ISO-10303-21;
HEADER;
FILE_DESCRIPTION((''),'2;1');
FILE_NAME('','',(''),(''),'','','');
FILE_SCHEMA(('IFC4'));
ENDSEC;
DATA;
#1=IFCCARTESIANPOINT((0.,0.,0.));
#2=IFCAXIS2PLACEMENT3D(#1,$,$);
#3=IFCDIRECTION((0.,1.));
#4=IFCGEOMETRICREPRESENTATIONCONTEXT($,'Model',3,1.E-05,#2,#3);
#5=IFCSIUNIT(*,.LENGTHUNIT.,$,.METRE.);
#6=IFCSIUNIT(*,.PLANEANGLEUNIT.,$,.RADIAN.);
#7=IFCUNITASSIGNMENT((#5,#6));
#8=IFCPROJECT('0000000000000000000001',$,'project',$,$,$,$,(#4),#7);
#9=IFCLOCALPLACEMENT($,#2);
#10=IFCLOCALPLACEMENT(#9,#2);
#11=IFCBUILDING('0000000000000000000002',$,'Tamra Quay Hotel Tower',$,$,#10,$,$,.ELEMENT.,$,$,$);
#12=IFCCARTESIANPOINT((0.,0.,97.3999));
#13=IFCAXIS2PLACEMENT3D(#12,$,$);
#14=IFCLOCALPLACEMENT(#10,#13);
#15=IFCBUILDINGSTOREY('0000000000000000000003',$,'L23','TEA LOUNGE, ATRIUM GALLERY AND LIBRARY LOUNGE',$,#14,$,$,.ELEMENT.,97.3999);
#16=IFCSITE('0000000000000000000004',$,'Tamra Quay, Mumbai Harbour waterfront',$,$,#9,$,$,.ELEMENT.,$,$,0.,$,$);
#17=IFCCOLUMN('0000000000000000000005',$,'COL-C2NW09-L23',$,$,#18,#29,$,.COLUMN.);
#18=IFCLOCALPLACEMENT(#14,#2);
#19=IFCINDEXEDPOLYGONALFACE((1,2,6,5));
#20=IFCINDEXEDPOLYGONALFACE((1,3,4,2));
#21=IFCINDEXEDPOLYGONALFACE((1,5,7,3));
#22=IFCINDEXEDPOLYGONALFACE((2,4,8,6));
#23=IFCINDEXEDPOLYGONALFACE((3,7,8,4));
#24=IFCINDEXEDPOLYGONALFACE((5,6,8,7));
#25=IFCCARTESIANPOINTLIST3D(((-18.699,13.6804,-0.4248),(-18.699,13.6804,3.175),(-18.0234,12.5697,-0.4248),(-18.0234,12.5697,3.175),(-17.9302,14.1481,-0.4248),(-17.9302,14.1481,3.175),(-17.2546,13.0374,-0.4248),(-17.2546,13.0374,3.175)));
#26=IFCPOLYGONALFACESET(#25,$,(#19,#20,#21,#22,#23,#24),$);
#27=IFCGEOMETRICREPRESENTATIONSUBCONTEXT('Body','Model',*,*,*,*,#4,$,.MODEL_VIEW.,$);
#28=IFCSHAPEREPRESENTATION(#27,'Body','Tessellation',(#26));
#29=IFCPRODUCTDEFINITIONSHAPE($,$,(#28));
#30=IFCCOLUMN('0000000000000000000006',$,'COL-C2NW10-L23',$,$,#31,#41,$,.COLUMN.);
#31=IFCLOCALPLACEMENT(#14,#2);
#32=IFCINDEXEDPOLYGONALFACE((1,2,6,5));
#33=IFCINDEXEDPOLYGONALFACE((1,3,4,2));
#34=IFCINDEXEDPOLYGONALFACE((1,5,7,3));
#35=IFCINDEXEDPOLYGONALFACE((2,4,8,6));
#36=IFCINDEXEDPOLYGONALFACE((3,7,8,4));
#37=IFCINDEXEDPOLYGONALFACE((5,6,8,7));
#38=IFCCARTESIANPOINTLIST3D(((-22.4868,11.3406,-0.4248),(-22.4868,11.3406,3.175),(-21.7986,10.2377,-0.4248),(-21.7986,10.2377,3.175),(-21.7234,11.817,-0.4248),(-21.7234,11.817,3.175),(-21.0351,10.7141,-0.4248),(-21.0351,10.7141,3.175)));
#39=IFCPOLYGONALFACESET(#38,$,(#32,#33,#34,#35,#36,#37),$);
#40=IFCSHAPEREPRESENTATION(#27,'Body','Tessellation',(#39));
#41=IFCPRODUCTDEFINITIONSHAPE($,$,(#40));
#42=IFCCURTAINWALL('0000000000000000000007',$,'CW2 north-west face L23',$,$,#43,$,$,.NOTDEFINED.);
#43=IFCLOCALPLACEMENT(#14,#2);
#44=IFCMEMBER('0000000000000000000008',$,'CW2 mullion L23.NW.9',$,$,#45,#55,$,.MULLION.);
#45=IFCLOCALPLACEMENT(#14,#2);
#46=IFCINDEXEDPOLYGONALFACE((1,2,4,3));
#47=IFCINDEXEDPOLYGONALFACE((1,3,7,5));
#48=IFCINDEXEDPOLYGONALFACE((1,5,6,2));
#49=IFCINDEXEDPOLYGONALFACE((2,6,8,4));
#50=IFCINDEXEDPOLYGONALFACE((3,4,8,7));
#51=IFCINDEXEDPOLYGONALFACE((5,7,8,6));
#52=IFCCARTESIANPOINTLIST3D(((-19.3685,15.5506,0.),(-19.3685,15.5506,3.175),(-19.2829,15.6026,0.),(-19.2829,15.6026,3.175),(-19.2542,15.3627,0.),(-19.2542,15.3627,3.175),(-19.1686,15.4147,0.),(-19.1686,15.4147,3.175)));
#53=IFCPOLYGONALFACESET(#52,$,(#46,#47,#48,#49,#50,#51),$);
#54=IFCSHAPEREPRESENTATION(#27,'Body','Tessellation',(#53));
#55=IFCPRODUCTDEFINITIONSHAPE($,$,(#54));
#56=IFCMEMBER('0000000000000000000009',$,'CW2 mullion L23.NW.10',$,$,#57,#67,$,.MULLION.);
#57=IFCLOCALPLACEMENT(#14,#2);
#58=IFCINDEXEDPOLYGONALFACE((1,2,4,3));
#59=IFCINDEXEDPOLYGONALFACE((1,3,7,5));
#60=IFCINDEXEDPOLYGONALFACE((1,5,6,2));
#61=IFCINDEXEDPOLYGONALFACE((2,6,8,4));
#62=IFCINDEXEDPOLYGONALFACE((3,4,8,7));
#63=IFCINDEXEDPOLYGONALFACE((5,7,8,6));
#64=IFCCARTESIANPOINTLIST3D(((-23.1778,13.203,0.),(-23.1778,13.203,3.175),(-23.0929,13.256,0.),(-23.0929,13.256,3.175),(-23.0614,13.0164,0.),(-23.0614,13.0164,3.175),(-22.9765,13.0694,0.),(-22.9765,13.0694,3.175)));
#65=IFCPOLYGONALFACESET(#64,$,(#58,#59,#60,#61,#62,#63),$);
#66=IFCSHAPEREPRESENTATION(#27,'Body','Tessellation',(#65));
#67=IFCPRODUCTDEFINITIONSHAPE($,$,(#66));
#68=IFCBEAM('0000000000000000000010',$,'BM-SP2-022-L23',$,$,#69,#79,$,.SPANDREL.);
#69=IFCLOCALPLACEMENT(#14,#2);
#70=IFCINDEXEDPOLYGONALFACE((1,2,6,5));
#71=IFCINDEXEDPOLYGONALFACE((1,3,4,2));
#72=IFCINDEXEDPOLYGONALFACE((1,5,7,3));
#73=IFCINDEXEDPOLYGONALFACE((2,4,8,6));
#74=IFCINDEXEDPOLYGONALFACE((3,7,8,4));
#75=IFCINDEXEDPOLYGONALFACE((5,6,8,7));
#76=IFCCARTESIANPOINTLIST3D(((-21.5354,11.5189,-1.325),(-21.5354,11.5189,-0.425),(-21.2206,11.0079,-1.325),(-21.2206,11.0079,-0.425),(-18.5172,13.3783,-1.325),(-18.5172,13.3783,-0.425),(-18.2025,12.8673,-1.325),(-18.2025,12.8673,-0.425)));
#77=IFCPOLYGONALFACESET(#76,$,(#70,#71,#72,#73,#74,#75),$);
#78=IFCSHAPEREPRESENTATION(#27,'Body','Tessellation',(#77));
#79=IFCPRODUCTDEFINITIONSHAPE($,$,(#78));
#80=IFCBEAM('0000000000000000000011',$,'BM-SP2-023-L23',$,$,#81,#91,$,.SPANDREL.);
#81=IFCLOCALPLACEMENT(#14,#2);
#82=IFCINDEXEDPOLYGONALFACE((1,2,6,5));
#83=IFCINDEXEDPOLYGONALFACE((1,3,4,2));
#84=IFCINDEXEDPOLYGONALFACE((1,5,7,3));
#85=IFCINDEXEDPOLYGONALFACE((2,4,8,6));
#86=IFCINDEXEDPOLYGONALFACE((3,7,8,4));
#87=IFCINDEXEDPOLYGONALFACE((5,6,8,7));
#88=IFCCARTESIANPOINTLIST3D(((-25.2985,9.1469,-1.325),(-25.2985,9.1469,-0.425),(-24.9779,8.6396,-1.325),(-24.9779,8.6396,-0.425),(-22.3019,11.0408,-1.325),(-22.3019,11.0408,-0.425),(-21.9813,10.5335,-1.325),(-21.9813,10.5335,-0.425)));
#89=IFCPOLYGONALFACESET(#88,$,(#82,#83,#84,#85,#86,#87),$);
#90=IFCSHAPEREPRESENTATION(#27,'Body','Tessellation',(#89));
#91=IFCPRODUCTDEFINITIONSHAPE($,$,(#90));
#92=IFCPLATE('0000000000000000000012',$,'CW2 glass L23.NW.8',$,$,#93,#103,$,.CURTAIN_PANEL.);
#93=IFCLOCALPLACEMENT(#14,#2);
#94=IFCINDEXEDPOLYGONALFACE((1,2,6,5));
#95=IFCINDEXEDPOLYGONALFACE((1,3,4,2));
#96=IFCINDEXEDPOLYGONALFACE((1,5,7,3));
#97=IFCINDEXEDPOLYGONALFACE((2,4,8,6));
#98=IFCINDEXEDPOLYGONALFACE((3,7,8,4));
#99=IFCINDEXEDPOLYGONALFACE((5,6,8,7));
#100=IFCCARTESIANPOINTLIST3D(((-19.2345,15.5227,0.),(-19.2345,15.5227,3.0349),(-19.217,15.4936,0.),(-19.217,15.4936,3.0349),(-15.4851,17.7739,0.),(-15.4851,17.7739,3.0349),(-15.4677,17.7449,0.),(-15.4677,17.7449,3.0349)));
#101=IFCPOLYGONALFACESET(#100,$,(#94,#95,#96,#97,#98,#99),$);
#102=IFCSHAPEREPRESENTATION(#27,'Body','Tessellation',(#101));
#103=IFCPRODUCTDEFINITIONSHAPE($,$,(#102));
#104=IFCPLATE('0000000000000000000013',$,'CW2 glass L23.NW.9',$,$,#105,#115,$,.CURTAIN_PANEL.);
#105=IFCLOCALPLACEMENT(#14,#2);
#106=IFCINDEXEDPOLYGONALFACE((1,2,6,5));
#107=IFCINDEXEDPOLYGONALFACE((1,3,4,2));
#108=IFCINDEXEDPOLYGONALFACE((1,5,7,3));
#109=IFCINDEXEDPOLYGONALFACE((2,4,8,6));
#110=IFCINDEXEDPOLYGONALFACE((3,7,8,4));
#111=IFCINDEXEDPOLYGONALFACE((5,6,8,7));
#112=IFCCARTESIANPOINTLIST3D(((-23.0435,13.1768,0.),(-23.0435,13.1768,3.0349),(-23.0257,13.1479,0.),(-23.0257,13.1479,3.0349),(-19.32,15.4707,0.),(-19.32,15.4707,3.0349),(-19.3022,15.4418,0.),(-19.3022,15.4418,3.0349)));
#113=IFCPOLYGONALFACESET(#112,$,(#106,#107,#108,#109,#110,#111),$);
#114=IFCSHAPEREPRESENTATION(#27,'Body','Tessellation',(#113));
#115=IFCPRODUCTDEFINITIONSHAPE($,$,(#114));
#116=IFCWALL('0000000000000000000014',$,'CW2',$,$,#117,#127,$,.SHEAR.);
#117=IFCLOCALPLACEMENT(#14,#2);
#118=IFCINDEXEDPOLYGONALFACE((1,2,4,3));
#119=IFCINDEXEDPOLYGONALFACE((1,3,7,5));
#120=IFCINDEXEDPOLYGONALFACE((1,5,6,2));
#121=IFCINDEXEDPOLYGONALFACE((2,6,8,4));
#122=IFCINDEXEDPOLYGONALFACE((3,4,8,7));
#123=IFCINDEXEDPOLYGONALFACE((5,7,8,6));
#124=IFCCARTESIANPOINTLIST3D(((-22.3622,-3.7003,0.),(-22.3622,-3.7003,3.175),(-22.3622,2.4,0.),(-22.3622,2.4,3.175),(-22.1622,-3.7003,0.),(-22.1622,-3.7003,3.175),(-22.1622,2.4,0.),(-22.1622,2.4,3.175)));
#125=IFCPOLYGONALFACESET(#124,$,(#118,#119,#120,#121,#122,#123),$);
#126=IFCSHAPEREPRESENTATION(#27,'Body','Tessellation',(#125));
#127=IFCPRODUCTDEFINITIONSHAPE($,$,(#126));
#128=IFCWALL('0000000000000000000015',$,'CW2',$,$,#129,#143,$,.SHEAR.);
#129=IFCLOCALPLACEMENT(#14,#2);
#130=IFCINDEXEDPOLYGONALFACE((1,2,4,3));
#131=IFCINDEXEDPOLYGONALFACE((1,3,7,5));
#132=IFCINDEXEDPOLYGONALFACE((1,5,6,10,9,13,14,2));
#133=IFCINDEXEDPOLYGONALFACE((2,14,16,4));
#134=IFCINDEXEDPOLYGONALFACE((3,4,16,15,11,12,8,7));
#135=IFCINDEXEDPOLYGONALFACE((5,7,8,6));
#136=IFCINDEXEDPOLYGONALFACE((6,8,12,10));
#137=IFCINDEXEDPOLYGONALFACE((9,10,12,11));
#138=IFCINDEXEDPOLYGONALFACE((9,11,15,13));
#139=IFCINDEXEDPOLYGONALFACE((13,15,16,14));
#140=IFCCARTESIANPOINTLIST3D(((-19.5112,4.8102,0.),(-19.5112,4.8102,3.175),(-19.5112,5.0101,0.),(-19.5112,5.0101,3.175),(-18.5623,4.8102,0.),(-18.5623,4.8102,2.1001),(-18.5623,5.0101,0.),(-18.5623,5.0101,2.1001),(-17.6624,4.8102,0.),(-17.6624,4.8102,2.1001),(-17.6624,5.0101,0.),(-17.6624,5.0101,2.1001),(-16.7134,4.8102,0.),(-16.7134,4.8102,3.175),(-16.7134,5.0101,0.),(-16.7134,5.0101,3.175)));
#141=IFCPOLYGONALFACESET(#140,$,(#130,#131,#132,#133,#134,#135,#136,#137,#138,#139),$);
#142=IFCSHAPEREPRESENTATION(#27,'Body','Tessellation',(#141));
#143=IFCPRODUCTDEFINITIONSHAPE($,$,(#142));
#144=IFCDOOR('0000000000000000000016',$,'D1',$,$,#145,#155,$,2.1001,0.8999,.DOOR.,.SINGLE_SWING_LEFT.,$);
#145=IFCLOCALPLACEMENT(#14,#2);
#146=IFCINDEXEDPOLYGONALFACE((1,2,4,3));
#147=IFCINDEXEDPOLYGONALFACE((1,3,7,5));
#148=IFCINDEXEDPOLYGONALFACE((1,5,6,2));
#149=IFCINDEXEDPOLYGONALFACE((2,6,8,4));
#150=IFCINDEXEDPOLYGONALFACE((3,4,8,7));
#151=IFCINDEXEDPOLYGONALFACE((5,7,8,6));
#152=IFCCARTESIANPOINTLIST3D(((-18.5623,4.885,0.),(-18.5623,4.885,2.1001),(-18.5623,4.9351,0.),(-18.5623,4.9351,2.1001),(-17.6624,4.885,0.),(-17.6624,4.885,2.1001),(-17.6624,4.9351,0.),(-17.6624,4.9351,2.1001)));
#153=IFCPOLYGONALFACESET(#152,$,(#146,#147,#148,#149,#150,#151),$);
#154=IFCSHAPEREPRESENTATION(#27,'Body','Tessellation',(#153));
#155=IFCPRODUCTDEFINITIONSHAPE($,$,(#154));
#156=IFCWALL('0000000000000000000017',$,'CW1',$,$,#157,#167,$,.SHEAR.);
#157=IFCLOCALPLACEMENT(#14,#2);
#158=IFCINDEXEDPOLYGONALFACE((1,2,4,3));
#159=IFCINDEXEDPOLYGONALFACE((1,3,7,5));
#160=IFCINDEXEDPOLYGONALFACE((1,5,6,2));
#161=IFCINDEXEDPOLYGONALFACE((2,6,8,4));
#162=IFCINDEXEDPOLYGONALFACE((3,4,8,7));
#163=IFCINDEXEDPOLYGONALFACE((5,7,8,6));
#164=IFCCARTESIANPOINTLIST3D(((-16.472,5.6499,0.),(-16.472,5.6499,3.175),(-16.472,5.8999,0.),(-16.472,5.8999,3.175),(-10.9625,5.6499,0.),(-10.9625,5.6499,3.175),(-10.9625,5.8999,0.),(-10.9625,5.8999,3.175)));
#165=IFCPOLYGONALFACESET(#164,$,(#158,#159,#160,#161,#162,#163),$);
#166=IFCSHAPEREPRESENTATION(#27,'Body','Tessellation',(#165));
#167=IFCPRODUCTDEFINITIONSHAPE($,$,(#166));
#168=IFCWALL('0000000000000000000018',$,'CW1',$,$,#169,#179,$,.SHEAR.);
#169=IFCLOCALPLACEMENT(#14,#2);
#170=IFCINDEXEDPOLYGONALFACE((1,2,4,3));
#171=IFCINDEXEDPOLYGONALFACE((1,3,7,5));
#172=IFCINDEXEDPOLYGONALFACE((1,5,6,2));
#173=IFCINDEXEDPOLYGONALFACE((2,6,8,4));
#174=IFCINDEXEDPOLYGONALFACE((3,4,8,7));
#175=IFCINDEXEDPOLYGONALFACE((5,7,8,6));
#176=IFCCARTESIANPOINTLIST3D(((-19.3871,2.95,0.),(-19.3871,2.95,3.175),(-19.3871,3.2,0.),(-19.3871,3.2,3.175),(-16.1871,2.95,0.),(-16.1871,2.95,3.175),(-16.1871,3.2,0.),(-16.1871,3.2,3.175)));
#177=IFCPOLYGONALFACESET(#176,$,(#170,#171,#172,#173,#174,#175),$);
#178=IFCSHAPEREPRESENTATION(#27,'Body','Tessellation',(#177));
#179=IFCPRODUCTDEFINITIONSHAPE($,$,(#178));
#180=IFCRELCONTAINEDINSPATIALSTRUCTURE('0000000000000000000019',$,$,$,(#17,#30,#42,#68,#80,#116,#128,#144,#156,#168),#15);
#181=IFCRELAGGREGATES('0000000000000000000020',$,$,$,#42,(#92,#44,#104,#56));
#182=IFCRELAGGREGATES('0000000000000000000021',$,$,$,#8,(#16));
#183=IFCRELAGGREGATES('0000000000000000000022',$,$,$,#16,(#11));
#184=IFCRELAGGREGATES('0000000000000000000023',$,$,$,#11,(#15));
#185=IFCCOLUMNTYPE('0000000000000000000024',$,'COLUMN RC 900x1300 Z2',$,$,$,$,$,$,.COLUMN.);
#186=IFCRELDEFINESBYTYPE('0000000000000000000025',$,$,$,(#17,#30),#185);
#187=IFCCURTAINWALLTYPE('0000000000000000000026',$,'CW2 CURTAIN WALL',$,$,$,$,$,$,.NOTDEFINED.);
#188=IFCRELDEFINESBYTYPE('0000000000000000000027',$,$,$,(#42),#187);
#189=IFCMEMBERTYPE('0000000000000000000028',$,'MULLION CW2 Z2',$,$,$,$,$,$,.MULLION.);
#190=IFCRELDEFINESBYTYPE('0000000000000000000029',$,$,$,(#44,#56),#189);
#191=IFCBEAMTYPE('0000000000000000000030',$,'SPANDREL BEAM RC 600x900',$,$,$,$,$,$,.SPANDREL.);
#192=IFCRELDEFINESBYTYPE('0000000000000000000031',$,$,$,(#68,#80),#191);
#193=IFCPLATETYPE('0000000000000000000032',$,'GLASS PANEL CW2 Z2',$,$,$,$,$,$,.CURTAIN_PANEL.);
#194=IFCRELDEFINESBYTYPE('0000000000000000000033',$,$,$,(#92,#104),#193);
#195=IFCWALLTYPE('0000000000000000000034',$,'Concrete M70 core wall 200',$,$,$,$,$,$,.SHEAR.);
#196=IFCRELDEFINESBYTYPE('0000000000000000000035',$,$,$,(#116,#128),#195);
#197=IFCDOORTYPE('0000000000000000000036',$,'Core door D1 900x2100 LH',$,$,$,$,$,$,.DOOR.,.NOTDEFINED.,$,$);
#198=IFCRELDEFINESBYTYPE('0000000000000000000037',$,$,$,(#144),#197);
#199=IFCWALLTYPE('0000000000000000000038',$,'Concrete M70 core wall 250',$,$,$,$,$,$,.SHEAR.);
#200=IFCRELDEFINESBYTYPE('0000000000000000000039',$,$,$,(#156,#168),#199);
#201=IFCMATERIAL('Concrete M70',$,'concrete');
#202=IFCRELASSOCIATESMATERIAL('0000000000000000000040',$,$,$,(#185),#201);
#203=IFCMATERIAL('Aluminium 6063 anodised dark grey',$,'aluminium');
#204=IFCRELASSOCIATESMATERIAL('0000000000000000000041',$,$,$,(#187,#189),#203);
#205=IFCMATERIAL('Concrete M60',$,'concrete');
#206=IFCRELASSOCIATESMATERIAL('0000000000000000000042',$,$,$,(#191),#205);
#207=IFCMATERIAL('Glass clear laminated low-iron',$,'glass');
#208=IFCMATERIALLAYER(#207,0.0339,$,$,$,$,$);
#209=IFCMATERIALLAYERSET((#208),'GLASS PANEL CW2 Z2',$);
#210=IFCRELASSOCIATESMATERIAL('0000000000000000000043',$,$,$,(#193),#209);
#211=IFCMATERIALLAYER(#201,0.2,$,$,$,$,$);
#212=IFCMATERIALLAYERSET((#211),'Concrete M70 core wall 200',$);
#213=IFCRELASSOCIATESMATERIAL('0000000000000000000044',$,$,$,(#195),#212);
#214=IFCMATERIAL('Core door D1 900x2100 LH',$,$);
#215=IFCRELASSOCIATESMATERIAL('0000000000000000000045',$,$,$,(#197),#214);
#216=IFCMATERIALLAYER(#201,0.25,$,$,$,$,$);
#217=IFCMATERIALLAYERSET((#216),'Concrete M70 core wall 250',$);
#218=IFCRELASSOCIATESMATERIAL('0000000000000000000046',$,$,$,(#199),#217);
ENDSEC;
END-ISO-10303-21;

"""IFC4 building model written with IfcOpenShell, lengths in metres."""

from ifc_helpers import new_model, si_unit, direction, frame, frame_2d, origin, origin_2d, place, context, subcontext, project, spatial, rectangle, extrude, material, layer, layer_set, material_profile, profile_set, type_object, element, fill, aggregate, save


model = new_model("IFC4")

# Units and contexts
model_context = context("Model", 3, precision=1e-05, world=origin(), true_north=direction((0.0, 1.0)))
body_context = subcontext(model_context, "Body", "Model", "MODEL_VIEW")
ifc_project = project(units=[si_unit("LENGTHUNIT", "METRE"), si_unit("PLANEANGLEUNIT", "RADIAN")], contexts=[model_context])

# Site, building, storey
site_placement = place(None, origin())
site = spatial("IfcSite", under=ifc_project, at=site_placement, Name="Tamra Quay, Mumbai Harbour waterfront", CompositionType="ELEMENT", RefElevation=0.0)
building_placement = place(site_placement, origin())
building = spatial("IfcBuilding", under=site, at=building_placement, Name="Tamra Quay Hotel Tower", CompositionType="ELEMENT")
storey_placement = place(building_placement, frame((0.0, 0.0, 97.3999)))
storey = spatial("IfcBuildingStorey", under=building, at=storey_placement, Name="L23", Description="TEA LOUNGE, ATRIUM GALLERY AND LIBRARY LOUNGE", CompositionType="ELEMENT", Elevation=97.3999)

# Columns
ifc_material_1 = material(Name="Concrete M70", Category="concrete")
ifc_material_profile_1 = material_profile(ifc_material_1, rectangle(XDim=1.3, YDim=0.8999, at=origin_2d()), Name="COLUMN RC 900x1300 Z2")
ifc_profile_set_1 = profile_set([ifc_material_profile_1], Name="Concrete M70")
column_type = type_object("IfcColumnType", Name="COLUMN RC 900x1300 Z2", PredefinedType="COLUMN", material=ifc_profile_set_1)
for number, where, z_axis, x_axis, name in (
    (1, (-17.9768, 13.3589, -0.4248), (0.0, 0.0, 1.0), (-0.519679, 0.854362, 0.0), "COL-C2NW09-L23"),
    (2, (-21.761, 11.0273, -0.4248), (0.0, 0.0, 1.0), (-0.52941, 0.848366, 0.0), "COL-C2NW10-L23"),
):
    element("IfcColumn", number, at=place(storey_placement, frame(where, z_axis=z_axis, x_axis=x_axis)), inside=storey, type_object=column_type, Name=name, PredefinedType="COLUMN", context=body_context, shape_type="SweptSolid", body=[
        extrude(rectangle(XDim=1.3, YDim=0.8999, at=origin_2d()), origin(), (0.0, 0.0, 1.0), 3.5999),
    ])

# Curtain wall, members
ifc_material_2 = material(Name="Aluminium 6063 anodised dark grey", Category="aluminium")
curtain_wall_type = type_object("IfcCurtainWallType", Name="CW2 CURTAIN WALL", PredefinedType="NOTDEFINED", material=ifc_material_2)
curtain_wall_placement = place(storey_placement, origin())
curtain_wall = element("IfcCurtainWall", 3, at=curtain_wall_placement, inside=storey, type_object=curtain_wall_type, Name="CW2 north-west face L23", PredefinedType="NOTDEFINED")
ifc_material_profile_2 = material_profile(ifc_material_2, rectangle(XDim=0.22, YDim=0.1001, at=origin_2d()), Name="MULLION 100X220")
ifc_profile_set_2 = profile_set([ifc_material_profile_2], Name="Aluminium 6063 anodised dark grey")
member_type = type_object("IfcMemberType", Name="MULLION CW2 Z2", PredefinedType="MULLION", material=ifc_profile_set_2)
member_1_placement = place(storey_placement, frame((-19.2686, 15.4827, 0.0), z_axis=(0.0, 0.0, 1.0), x_axis=(-0.51965, 0.854379, 0.0)))
member_1 = element("IfcMember", 4, at=member_1_placement, type_object=member_type, Name="CW2 mullion L23.NW.9", PredefinedType="MULLION", context=body_context, shape_type="SweptSolid", body=[
    extrude(rectangle(XDim=0.22, YDim=0.1001, at=origin_2d()), origin(), (0.0, 0.0, 1.0), 3.175),
])
member_2_placement = place(storey_placement, frame((-23.0771, 13.1362, 0.0), z_axis=(0.0, 0.0, 1.0), x_axis=(-0.529364, 0.848395, 0.0)))
member_2 = element("IfcMember", 5, at=member_2_placement, type_object=member_type, Name="CW2 mullion L23.NW.10", PredefinedType="MULLION", context=body_context, shape_type="SweptSolid", body=[
    extrude(rectangle(XDim=0.22, YDim=0.1001, at=origin_2d()), origin(), (0.0, 0.0, 1.0), 3.175),
])

# Beams
ifc_material_3 = material(Name="Concrete M60", Category="concrete")
ifc_material_profile_3 = material_profile(ifc_material_3, rectangle(XDim=0.6001, YDim=0.8999, at=origin_2d()), Name="SPANDREL BEAM RC 600x900")
ifc_profile_set_3 = profile_set([ifc_material_profile_3], Name="Concrete M60")
beam_type = type_object("IfcBeamType", Name="SPANDREL BEAM RC 600x900", PredefinedType="SPANDREL", material=ifc_profile_set_3)
for number, where, z_axis, x_axis, name in (
    (6, (-18.3599, 13.1228, -0.875), (-0.851393, -0.524528, 0.0), (0.524528, -0.851393, 0.0), "BM-SP2-022-L23"),
    (7, (-22.1416, 10.7871, -0.875), (-0.845333, -0.534239, 0.0), (0.534239, -0.845333, 0.0), "BM-SP2-023-L23"),
):
    element("IfcBeam", number, at=place(storey_placement, frame(where, z_axis=z_axis, x_axis=x_axis)), inside=storey, type_object=beam_type, Name=name, PredefinedType="SPANDREL", context=body_context, shape_type="SweptSolid", body=[
        extrude(rectangle(XDim=0.6001, YDim=0.8999, at=origin_2d()), origin(), (0.0, 0.0, 1.0), 3.5449),
    ])

# Plates
ifc_material_4 = material(Name="Glass clear laminated low-iron", Category="glass")
ifc_layer_1 = layer(ifc_material_4, 0.0339)
ifc_layer_set_1 = layer_set([ifc_layer_1], Name="GLASS PANEL CW2 Z2")
plate_type = type_object("IfcPlateType", Name="GLASS PANEL CW2 Z2", PredefinedType="CURTAIN_PANEL", material=ifc_layer_set_1)
plate_1_placement = place(storey_placement, frame((-17.3511, 16.6338, 0.0), z_axis=(0.0, 0.0, 1.0), x_axis=(-0.857331, -0.514765, 0.0)))
plate_1 = element("IfcPlate", 8, at=plate_1_placement, type_object=plate_type, Name="CW2 glass L23.NW.8", PredefinedType="CURTAIN_PANEL", context=body_context, shape_type="SweptSolid", body=[
    extrude(rectangle(XDim=4.3733, YDim=0.0339, at=origin_2d()), origin(), (0.0, 0.0, 1.0), 3.0349),
])
plate_2_placement = place(storey_placement, frame((-21.1729, 14.3093, 0.0), z_axis=(0.0, 0.0, 1.0), x_axis=(-0.851399, -0.524518, 0.0)))
plate_2 = element("IfcPlate", 9, at=plate_2_placement, type_object=plate_type, Name="CW2 glass L23.NW.9", PredefinedType="CURTAIN_PANEL", context=body_context, shape_type="SweptSolid", body=[
    extrude(rectangle(XDim=4.3733, YDim=0.0339, at=origin_2d()), origin(), (0.0, 0.0, 1.0), 3.0349),
])
aggregate(curtain_wall, [plate_1, member_1, plate_2, member_2])

# Wall
ifc_layer_2 = layer(ifc_material_1, 0.2)
ifc_layer_set_2 = layer_set([ifc_layer_2], Name="Concrete M70 core wall 200")
wall_type_1 = type_object("IfcWallType", Name="Concrete M70 core wall 200", PredefinedType="SHEAR", material=ifc_layer_set_2)
wall_1_placement = place(storey_placement, frame((-22.2622, 2.4001, 0.0), z_axis=(0.0, 0.0, 1.0), x_axis=(0.0, -1.0, 0.0)))
element("IfcWall", 10, at=wall_1_placement, inside=storey, type_object=wall_type_1, Name="CW2", PredefinedType="SHEAR", context=body_context, shape_type="SweptSolid", body=[
    extrude(rectangle(XDim=6.1003, YDim=0.2, at=frame_2d((3.0503, 0.0))), origin(), (0.0, 0.0, 1.0), 3.175),
])

# Wall, opening, door
wall_2_placement = place(storey_placement, frame((-19.5112, 4.9102, 0.0), z_axis=(0.0, 0.0, 1.0), x_axis=(1.0, 0.0, 0.0)))
wall_2 = element("IfcWall", 11, at=wall_2_placement, inside=storey, type_object=wall_type_1, Name="CW2", PredefinedType="SHEAR", context=body_context, shape_type="SweptSolid", body=[
    extrude(rectangle(XDim=2.7979, YDim=0.2, at=frame_2d((1.3989, 0.0))), origin(), (0.0, 0.0, 1.0), 3.175),
])
opening_1_placement = place(wall_2_placement, frame((0.949, 0.0, 0.0)))
opening_1 = element("IfcOpeningElement", 12, at=opening_1_placement, cuts=wall_2, PredefinedType="OPENING", context=body_context, shape_type="SweptSolid", body=[
    extrude(rectangle(XDim=0.8999, YDim=2.1001, at=frame_2d((0.45, 1.05))), frame((0.0, 0.1099, 0.0), z_axis=(0.0, -1.0, 0.0), x_axis=(1.0, 0.0, 0.0)), (0.0, 0.0, 1.0), 0.22),
])
ifc_material_5 = material(Name="Core door D1 900x2100 LH")
door_type_1 = type_object("IfcDoorType", Name="Core door D1 900x2100 LH", OperationType="NOTDEFINED", PredefinedType="DOOR", material=ifc_material_5)
door_1_placement = place(opening_1_placement, origin())
door_1 = element("IfcDoor", 13, at=door_1_placement, inside=storey, type_object=door_type_1, Name="D1", OperationType="SINGLE_SWING_LEFT", OverallHeight=2.1001, OverallWidth=0.8999, PredefinedType="DOOR", context=body_context, shape_type="SweptSolid", body=[
    extrude(rectangle(XDim=0.8999, YDim=2.1001, at=frame_2d((0.45, 1.05))), frame((0.0, 0.0249, 0.0), z_axis=(0.0, -1.0, 0.0), x_axis=(1.0, 0.0, 0.0)), (0.0, 0.0, 1.0), 0.05),
])
fill(opening_1, door_1)

# Walls
ifc_layer_3 = layer(ifc_material_1, 0.25)
ifc_layer_set_3 = layer_set([ifc_layer_3], Name="Concrete M70 core wall 250")
wall_type_2 = type_object("IfcWallType", Name="Concrete M70 core wall 250", PredefinedType="SHEAR", material=ifc_layer_set_3)
wall_3_placement = place(storey_placement, frame((-16.4722, 5.7749, 0.0), z_axis=(0.0, 0.0, 1.0), x_axis=(1.0, 0.0, 0.0)))
element("IfcWall", 14, at=wall_3_placement, inside=storey, type_object=wall_type_2, Name="CW1", PredefinedType="SHEAR", context=body_context, shape_type="SweptSolid", body=[
    extrude(rectangle(XDim=5.5095, YDim=0.25, at=frame_2d((2.7549, 0.0))), origin(), (0.0, 0.0, 1.0), 3.175),
])
wall_4_placement = place(storey_placement, frame((-19.3872, 3.075, 0.0), z_axis=(0.0, 0.0, 1.0), x_axis=(1.0, 0.0, 0.0)))
element("IfcWall", 15, at=wall_4_placement, inside=storey, type_object=wall_type_2, Name="CW1", PredefinedType="SHEAR", context=body_context, shape_type="SweptSolid", body=[
    extrude(rectangle(XDim=3.2, YDim=0.25, at=frame_2d((1.6001, 0.0))), origin(), (0.0, 0.0, 1.0), 3.175),
])

save(model, "model.ifc")
